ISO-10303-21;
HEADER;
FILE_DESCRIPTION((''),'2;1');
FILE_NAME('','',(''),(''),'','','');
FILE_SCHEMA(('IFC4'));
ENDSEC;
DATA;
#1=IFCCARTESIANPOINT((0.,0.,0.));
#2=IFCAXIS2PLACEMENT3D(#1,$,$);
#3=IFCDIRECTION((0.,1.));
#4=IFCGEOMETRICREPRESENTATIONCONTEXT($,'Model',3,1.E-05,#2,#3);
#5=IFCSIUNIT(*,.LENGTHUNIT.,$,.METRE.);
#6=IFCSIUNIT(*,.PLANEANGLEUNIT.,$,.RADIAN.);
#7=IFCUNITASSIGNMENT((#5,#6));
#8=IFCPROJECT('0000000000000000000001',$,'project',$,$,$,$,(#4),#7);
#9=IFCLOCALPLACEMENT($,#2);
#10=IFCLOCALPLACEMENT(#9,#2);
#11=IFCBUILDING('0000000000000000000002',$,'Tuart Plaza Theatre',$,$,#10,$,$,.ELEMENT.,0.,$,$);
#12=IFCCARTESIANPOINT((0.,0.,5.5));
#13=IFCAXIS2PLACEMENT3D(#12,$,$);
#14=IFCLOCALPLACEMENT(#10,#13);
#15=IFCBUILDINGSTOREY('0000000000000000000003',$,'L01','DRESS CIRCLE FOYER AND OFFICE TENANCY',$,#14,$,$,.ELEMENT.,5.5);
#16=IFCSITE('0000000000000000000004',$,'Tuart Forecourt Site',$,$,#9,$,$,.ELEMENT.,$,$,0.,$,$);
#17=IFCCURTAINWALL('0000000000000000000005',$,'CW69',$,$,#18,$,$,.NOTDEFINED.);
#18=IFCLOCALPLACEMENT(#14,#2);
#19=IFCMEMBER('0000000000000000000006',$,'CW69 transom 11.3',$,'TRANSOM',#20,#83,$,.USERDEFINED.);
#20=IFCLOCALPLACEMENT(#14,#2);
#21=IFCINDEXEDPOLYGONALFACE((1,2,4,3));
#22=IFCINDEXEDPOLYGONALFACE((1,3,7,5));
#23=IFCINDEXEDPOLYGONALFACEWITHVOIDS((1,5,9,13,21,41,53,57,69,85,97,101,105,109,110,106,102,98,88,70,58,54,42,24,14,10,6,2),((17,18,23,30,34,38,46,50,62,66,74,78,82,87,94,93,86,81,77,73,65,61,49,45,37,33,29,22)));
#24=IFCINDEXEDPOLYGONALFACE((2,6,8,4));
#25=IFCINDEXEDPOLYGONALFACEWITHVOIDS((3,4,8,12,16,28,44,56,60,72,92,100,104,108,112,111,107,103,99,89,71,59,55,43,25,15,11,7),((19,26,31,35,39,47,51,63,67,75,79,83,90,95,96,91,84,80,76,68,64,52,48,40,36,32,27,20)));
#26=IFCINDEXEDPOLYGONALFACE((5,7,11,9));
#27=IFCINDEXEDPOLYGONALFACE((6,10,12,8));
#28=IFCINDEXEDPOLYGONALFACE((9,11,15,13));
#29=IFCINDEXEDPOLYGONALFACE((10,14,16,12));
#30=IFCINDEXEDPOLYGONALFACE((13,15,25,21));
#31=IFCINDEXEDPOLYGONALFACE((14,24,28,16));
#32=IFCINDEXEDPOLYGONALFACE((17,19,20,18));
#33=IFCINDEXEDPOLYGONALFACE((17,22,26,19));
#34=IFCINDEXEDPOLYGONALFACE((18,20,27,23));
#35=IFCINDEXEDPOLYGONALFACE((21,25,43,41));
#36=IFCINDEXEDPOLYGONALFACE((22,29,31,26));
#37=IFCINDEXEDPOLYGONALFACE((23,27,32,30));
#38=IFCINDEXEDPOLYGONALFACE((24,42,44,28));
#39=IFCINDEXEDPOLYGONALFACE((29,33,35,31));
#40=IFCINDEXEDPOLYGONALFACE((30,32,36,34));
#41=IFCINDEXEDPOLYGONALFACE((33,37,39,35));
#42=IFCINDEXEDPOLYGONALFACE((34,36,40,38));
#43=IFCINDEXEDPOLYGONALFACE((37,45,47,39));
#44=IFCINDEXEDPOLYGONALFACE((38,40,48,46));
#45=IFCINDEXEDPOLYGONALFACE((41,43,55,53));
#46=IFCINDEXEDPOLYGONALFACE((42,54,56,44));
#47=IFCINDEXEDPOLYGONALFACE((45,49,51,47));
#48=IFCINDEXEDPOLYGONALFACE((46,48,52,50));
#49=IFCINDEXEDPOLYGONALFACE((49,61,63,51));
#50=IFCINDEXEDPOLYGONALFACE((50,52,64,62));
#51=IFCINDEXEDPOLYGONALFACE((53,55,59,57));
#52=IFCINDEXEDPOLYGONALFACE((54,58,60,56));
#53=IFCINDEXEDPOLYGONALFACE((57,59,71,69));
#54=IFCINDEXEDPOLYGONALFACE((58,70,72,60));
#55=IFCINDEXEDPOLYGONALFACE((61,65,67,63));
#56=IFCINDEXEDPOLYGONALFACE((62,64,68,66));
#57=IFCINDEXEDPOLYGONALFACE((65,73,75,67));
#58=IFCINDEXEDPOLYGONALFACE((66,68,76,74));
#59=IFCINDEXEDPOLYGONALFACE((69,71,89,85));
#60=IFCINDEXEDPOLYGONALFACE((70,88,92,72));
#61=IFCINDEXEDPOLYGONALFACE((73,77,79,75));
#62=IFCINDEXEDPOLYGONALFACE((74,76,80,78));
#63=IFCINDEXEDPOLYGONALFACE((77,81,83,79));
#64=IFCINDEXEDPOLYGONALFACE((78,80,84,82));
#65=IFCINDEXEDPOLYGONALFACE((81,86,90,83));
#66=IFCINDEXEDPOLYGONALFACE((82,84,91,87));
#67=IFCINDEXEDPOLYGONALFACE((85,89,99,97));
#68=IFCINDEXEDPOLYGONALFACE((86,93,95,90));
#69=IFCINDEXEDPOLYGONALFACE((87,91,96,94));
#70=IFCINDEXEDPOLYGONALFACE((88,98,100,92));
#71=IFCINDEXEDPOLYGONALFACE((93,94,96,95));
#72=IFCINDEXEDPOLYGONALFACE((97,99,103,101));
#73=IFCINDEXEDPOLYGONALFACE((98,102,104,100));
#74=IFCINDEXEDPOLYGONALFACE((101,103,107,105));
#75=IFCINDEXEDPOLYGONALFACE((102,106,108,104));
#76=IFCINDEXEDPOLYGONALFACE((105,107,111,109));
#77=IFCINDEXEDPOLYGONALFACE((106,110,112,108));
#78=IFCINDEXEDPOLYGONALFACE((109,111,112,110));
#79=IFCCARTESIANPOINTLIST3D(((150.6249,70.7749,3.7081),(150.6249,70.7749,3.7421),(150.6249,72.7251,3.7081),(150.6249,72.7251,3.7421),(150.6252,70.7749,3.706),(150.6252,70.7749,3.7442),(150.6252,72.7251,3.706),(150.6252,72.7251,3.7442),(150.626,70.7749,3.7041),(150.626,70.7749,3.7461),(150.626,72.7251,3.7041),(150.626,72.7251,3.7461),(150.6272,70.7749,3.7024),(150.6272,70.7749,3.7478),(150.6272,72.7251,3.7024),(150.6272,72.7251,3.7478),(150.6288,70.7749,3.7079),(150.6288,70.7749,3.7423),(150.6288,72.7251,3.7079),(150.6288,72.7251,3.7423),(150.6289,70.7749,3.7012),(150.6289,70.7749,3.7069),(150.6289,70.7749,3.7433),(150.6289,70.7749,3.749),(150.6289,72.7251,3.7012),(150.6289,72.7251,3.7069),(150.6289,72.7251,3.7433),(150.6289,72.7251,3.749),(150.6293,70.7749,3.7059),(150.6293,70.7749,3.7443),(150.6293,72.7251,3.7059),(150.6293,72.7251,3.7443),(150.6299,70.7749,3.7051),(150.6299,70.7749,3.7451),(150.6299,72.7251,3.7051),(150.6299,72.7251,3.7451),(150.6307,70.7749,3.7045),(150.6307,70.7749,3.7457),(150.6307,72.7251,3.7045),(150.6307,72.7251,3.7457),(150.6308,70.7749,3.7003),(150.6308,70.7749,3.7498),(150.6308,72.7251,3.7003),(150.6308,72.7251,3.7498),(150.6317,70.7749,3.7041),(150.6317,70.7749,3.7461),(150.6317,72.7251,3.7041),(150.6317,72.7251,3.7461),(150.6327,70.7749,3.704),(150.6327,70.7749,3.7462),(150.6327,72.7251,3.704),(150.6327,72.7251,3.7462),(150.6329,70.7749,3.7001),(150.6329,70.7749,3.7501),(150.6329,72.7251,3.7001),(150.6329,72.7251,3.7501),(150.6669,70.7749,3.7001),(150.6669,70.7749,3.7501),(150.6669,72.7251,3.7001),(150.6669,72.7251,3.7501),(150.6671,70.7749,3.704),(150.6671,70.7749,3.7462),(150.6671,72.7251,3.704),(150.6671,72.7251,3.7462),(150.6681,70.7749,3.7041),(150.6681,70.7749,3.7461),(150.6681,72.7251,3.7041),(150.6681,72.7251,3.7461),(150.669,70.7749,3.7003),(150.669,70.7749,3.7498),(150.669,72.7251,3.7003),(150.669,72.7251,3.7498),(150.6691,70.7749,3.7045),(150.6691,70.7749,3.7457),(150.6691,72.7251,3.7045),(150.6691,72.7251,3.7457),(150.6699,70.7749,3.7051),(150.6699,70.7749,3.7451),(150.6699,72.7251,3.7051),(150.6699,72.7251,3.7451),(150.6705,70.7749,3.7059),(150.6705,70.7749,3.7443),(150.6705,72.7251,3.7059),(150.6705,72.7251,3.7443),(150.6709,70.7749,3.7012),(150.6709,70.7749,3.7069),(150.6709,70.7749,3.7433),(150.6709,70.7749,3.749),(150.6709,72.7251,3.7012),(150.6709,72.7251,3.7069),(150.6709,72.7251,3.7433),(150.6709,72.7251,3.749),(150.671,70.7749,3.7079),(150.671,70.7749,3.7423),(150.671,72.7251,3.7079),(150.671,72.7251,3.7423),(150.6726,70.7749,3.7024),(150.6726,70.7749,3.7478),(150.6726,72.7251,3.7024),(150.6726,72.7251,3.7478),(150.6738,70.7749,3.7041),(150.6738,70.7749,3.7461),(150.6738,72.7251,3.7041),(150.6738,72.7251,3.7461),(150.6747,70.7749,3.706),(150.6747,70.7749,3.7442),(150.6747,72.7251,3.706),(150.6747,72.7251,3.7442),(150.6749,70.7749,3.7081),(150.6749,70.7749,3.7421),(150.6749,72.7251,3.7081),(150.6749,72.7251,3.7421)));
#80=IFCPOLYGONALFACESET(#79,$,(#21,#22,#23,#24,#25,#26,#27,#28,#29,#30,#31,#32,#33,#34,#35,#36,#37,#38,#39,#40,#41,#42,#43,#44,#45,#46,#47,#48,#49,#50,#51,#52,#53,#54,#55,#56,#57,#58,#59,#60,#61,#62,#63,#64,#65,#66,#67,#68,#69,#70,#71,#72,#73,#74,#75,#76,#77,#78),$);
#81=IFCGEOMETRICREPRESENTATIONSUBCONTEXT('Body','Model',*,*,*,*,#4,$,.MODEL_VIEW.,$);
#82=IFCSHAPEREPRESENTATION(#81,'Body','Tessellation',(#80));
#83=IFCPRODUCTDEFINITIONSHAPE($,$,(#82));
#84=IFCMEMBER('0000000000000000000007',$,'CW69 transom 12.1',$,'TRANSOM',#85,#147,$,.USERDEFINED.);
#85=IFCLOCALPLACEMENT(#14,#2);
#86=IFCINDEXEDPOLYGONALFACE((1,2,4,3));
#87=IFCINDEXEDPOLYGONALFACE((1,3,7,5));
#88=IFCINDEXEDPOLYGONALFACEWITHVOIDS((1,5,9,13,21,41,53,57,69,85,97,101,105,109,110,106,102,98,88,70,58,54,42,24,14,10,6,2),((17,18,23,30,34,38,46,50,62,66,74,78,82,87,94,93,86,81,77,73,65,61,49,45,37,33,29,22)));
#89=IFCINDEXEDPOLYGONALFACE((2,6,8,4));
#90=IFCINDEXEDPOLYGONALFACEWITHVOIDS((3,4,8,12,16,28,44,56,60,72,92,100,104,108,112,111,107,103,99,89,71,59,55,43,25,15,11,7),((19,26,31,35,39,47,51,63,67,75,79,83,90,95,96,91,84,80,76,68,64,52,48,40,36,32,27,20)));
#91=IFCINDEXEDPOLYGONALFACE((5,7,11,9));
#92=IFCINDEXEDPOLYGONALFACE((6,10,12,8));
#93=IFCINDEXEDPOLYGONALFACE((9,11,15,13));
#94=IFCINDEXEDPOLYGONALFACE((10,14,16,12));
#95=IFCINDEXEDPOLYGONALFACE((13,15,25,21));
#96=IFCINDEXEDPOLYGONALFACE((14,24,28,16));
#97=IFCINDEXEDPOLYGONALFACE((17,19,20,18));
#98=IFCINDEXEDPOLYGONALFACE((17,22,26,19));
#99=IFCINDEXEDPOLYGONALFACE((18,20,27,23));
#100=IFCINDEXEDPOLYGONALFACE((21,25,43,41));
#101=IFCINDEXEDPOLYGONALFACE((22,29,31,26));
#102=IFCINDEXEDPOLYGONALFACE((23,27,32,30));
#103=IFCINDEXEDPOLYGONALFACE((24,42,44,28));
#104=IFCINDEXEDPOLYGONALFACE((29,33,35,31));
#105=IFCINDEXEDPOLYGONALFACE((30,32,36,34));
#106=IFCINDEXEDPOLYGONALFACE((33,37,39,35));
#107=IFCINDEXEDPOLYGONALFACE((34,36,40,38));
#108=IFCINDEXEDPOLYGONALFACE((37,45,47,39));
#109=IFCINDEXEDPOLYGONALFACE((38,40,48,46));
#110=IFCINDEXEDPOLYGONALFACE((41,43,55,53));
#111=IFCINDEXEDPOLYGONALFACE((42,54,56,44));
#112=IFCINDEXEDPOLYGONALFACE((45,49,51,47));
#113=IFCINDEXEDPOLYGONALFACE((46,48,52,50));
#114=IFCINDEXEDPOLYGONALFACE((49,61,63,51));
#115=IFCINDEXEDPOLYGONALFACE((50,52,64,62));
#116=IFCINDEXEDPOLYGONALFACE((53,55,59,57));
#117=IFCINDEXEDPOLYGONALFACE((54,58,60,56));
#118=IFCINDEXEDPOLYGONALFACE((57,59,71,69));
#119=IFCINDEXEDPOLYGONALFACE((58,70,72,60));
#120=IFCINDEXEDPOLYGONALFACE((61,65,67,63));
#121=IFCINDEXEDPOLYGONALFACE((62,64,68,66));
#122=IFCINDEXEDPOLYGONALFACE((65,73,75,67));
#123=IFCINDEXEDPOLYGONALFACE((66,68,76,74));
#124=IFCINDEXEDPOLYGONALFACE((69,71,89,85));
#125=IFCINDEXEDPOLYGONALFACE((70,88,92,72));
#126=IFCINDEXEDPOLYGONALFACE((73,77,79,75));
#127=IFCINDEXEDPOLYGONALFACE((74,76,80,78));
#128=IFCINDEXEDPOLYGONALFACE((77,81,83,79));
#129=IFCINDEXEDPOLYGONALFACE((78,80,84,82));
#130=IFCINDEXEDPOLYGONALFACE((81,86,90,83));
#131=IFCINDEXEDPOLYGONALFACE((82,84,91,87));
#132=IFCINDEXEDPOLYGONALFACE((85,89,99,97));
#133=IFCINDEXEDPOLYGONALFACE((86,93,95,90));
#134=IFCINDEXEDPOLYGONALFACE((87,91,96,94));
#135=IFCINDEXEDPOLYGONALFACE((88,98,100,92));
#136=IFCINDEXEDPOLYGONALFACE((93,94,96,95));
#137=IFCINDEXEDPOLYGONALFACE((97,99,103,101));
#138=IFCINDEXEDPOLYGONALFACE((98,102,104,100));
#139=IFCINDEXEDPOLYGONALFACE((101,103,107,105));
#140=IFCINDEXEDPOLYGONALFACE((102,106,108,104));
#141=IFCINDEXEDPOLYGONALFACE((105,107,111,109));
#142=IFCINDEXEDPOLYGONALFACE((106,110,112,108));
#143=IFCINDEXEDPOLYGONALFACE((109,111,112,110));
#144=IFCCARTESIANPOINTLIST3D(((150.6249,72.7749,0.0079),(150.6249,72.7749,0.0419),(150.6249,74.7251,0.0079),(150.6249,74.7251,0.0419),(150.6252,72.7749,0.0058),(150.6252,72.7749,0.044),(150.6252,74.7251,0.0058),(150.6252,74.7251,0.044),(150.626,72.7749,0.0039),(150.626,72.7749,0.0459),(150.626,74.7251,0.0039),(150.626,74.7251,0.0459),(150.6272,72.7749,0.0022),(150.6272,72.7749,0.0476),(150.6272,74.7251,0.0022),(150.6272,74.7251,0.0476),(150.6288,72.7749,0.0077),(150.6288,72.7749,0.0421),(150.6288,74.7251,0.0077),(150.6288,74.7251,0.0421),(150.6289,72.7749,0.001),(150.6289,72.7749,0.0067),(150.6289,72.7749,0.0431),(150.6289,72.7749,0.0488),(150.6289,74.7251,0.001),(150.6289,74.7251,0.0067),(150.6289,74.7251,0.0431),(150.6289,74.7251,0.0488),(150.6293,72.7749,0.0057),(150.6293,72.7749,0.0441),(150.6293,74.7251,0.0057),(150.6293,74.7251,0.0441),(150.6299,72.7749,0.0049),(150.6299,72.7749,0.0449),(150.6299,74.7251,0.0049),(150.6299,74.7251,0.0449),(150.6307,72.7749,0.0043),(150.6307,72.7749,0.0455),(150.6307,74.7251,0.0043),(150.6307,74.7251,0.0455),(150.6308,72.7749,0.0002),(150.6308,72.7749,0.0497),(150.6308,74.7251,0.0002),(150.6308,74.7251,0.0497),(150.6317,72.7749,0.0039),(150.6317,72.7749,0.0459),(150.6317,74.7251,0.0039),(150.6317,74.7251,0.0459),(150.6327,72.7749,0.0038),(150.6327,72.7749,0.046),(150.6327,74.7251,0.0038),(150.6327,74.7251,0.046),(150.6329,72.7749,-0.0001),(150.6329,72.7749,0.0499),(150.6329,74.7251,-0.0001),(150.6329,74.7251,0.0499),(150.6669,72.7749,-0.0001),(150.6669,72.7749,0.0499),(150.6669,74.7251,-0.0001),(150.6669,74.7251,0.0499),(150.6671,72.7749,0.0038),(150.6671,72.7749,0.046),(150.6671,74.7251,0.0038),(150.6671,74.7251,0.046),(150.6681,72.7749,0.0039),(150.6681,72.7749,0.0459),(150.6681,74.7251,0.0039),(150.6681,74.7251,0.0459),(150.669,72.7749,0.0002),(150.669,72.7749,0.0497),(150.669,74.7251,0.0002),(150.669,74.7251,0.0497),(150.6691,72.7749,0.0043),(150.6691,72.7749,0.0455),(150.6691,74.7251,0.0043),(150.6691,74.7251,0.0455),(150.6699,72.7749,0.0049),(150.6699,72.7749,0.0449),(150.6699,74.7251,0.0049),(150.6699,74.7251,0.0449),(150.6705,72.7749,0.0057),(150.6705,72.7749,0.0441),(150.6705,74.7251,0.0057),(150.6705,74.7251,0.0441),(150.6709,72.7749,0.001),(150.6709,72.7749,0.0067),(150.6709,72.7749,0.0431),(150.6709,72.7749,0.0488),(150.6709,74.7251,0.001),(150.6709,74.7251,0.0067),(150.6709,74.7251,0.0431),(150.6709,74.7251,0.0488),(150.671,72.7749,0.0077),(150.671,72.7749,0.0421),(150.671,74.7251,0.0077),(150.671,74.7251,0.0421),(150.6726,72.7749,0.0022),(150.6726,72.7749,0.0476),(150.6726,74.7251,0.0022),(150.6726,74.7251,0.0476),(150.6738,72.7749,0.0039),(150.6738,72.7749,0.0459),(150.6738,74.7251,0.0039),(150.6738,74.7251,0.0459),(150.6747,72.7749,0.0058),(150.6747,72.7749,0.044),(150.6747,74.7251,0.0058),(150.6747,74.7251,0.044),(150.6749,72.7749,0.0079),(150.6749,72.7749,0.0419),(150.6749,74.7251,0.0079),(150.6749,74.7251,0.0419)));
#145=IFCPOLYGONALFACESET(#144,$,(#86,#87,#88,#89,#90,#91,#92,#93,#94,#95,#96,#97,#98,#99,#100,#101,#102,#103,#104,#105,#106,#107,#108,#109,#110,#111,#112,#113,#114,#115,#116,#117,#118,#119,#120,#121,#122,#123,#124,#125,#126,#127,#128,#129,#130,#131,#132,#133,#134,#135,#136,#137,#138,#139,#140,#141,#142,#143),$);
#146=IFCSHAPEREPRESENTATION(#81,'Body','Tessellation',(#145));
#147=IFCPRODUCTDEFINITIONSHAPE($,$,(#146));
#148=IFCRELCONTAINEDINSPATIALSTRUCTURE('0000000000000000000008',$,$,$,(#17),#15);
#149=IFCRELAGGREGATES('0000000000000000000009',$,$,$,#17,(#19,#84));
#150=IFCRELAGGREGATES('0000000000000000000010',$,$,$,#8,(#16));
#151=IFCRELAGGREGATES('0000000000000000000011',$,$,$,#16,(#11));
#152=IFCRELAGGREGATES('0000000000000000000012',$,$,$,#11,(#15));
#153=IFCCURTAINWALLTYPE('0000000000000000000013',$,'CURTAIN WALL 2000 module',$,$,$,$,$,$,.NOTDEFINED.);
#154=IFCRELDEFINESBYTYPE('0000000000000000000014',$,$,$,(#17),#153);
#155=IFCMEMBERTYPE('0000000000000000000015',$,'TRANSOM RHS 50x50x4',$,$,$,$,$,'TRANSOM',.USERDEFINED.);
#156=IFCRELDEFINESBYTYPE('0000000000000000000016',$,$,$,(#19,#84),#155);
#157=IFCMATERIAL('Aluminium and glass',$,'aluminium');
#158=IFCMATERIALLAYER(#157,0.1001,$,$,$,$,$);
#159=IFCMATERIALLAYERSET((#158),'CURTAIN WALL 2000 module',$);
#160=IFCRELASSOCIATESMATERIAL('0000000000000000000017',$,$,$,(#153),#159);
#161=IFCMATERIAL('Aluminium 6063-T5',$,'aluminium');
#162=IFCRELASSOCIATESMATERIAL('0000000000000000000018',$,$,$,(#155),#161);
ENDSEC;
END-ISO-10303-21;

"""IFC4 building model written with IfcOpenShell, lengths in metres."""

from ifc_helpers import new_model, si_unit, direction, frame, origin, origin_2d, place, context, subcontext, project, spatial, hollow_rectangle, extrude, material, layer, layer_set, material_profile, profile_set, type_object, element, aggregate, save


model = new_model("IFC4")

# Units and contexts
model_context = context("Model", 3, precision=1e-05, world=origin(), true_north=direction((0.0, 1.0)))
body_context = subcontext(model_context, "Body", "Model", "MODEL_VIEW")
ifc_project = project(units=[si_unit("LENGTHUNIT", "METRE"), si_unit("PLANEANGLEUNIT", "RADIAN")], contexts=[model_context])

# Site, building, storey
site_placement = place(None, origin())
site = spatial("IfcSite", under=ifc_project, at=site_placement, Name="Tuart Forecourt Site", CompositionType="ELEMENT", RefElevation=0.0)
building_placement = place(site_placement, origin())
building = spatial("IfcBuilding", under=site, at=building_placement, Name="Tuart Plaza Theatre", CompositionType="ELEMENT", ElevationOfRefHeight=0.0)
storey_placement = place(building_placement, frame((0.0, 0.0, 5.5)))
storey = spatial("IfcBuildingStorey", under=building, at=storey_placement, Name="L01", Description="DRESS CIRCLE FOYER AND OFFICE TENANCY", CompositionType="ELEMENT", Elevation=5.5)

# Curtain wall, members
ifc_material_1 = material(Name="Aluminium and glass", Category="aluminium")
ifc_layer_1 = layer(ifc_material_1, 0.1001)
ifc_layer_set_1 = layer_set([ifc_layer_1], Name="CURTAIN WALL 2000 module")
curtain_wall_type = type_object("IfcCurtainWallType", Name="CURTAIN WALL 2000 module", PredefinedType="NOTDEFINED", material=ifc_layer_set_1)
curtain_wall_placement = place(storey_placement, origin())
curtain_wall = element("IfcCurtainWall", 1, at=curtain_wall_placement, inside=storey, type_object=curtain_wall_type, Name="CW69", PredefinedType="NOTDEFINED")
ifc_material_2 = material(Name="Aluminium 6063-T5", Category="aluminium")
ifc_material_profile_1 = material_profile(ifc_material_2, hollow_rectangle(XDim=0.05, YDim=0.05, WallThickness=0.0039, InnerFilletRadius=0.0039, OuterFilletRadius=0.0081, at=origin_2d()), Name="RHS 50x50x4")
ifc_profile_set_1 = profile_set([ifc_material_profile_1], Name="Aluminium 6063-T5")
member_type_1 = type_object("IfcMemberType", Name="TRANSOM RHS 50x50x4", ElementType="TRANSOM", PredefinedType="USERDEFINED", material=ifc_profile_set_1)
member_1_placement = place(storey_placement, frame((150.6499, 70.7749, 3.7251), z_axis=(0.0, 1.0, 0.0), x_axis=(-1.0, 0.0, 0.0)))
member_1 = element("IfcMember", 2, at=member_1_placement, type_object=member_type_1, Name="CW69 transom 11.3", ObjectType="TRANSOM", PredefinedType="USERDEFINED", context=body_context, shape_type="SweptSolid", body=[
    extrude(hollow_rectangle(XDim=0.05, YDim=0.05, WallThickness=0.0039, InnerFilletRadius=0.0039, OuterFilletRadius=0.0081, at=origin_2d()), origin(), (0.0, 0.0, 1.0), 1.9502),
])
member_2_placement = place(storey_placement, frame((150.6499, 72.7749, 0.0249), z_axis=(0.0, 1.0, 0.0), x_axis=(-1.0, 0.0, 0.0)))
member_2 = element("IfcMember", 3, at=member_2_placement, type_object=member_type_1, Name="CW69 transom 12.1", ObjectType="TRANSOM", PredefinedType="USERDEFINED", context=body_context, shape_type="SweptSolid", body=[
    extrude(hollow_rectangle(XDim=0.05, YDim=0.05, WallThickness=0.0039, InnerFilletRadius=0.0039, OuterFilletRadius=0.0081, at=origin_2d()), origin(), (0.0, 0.0, 1.0), 1.9502),
])
aggregate(curtain_wall, [member_1, member_2])

save(model, "model.ifc")
